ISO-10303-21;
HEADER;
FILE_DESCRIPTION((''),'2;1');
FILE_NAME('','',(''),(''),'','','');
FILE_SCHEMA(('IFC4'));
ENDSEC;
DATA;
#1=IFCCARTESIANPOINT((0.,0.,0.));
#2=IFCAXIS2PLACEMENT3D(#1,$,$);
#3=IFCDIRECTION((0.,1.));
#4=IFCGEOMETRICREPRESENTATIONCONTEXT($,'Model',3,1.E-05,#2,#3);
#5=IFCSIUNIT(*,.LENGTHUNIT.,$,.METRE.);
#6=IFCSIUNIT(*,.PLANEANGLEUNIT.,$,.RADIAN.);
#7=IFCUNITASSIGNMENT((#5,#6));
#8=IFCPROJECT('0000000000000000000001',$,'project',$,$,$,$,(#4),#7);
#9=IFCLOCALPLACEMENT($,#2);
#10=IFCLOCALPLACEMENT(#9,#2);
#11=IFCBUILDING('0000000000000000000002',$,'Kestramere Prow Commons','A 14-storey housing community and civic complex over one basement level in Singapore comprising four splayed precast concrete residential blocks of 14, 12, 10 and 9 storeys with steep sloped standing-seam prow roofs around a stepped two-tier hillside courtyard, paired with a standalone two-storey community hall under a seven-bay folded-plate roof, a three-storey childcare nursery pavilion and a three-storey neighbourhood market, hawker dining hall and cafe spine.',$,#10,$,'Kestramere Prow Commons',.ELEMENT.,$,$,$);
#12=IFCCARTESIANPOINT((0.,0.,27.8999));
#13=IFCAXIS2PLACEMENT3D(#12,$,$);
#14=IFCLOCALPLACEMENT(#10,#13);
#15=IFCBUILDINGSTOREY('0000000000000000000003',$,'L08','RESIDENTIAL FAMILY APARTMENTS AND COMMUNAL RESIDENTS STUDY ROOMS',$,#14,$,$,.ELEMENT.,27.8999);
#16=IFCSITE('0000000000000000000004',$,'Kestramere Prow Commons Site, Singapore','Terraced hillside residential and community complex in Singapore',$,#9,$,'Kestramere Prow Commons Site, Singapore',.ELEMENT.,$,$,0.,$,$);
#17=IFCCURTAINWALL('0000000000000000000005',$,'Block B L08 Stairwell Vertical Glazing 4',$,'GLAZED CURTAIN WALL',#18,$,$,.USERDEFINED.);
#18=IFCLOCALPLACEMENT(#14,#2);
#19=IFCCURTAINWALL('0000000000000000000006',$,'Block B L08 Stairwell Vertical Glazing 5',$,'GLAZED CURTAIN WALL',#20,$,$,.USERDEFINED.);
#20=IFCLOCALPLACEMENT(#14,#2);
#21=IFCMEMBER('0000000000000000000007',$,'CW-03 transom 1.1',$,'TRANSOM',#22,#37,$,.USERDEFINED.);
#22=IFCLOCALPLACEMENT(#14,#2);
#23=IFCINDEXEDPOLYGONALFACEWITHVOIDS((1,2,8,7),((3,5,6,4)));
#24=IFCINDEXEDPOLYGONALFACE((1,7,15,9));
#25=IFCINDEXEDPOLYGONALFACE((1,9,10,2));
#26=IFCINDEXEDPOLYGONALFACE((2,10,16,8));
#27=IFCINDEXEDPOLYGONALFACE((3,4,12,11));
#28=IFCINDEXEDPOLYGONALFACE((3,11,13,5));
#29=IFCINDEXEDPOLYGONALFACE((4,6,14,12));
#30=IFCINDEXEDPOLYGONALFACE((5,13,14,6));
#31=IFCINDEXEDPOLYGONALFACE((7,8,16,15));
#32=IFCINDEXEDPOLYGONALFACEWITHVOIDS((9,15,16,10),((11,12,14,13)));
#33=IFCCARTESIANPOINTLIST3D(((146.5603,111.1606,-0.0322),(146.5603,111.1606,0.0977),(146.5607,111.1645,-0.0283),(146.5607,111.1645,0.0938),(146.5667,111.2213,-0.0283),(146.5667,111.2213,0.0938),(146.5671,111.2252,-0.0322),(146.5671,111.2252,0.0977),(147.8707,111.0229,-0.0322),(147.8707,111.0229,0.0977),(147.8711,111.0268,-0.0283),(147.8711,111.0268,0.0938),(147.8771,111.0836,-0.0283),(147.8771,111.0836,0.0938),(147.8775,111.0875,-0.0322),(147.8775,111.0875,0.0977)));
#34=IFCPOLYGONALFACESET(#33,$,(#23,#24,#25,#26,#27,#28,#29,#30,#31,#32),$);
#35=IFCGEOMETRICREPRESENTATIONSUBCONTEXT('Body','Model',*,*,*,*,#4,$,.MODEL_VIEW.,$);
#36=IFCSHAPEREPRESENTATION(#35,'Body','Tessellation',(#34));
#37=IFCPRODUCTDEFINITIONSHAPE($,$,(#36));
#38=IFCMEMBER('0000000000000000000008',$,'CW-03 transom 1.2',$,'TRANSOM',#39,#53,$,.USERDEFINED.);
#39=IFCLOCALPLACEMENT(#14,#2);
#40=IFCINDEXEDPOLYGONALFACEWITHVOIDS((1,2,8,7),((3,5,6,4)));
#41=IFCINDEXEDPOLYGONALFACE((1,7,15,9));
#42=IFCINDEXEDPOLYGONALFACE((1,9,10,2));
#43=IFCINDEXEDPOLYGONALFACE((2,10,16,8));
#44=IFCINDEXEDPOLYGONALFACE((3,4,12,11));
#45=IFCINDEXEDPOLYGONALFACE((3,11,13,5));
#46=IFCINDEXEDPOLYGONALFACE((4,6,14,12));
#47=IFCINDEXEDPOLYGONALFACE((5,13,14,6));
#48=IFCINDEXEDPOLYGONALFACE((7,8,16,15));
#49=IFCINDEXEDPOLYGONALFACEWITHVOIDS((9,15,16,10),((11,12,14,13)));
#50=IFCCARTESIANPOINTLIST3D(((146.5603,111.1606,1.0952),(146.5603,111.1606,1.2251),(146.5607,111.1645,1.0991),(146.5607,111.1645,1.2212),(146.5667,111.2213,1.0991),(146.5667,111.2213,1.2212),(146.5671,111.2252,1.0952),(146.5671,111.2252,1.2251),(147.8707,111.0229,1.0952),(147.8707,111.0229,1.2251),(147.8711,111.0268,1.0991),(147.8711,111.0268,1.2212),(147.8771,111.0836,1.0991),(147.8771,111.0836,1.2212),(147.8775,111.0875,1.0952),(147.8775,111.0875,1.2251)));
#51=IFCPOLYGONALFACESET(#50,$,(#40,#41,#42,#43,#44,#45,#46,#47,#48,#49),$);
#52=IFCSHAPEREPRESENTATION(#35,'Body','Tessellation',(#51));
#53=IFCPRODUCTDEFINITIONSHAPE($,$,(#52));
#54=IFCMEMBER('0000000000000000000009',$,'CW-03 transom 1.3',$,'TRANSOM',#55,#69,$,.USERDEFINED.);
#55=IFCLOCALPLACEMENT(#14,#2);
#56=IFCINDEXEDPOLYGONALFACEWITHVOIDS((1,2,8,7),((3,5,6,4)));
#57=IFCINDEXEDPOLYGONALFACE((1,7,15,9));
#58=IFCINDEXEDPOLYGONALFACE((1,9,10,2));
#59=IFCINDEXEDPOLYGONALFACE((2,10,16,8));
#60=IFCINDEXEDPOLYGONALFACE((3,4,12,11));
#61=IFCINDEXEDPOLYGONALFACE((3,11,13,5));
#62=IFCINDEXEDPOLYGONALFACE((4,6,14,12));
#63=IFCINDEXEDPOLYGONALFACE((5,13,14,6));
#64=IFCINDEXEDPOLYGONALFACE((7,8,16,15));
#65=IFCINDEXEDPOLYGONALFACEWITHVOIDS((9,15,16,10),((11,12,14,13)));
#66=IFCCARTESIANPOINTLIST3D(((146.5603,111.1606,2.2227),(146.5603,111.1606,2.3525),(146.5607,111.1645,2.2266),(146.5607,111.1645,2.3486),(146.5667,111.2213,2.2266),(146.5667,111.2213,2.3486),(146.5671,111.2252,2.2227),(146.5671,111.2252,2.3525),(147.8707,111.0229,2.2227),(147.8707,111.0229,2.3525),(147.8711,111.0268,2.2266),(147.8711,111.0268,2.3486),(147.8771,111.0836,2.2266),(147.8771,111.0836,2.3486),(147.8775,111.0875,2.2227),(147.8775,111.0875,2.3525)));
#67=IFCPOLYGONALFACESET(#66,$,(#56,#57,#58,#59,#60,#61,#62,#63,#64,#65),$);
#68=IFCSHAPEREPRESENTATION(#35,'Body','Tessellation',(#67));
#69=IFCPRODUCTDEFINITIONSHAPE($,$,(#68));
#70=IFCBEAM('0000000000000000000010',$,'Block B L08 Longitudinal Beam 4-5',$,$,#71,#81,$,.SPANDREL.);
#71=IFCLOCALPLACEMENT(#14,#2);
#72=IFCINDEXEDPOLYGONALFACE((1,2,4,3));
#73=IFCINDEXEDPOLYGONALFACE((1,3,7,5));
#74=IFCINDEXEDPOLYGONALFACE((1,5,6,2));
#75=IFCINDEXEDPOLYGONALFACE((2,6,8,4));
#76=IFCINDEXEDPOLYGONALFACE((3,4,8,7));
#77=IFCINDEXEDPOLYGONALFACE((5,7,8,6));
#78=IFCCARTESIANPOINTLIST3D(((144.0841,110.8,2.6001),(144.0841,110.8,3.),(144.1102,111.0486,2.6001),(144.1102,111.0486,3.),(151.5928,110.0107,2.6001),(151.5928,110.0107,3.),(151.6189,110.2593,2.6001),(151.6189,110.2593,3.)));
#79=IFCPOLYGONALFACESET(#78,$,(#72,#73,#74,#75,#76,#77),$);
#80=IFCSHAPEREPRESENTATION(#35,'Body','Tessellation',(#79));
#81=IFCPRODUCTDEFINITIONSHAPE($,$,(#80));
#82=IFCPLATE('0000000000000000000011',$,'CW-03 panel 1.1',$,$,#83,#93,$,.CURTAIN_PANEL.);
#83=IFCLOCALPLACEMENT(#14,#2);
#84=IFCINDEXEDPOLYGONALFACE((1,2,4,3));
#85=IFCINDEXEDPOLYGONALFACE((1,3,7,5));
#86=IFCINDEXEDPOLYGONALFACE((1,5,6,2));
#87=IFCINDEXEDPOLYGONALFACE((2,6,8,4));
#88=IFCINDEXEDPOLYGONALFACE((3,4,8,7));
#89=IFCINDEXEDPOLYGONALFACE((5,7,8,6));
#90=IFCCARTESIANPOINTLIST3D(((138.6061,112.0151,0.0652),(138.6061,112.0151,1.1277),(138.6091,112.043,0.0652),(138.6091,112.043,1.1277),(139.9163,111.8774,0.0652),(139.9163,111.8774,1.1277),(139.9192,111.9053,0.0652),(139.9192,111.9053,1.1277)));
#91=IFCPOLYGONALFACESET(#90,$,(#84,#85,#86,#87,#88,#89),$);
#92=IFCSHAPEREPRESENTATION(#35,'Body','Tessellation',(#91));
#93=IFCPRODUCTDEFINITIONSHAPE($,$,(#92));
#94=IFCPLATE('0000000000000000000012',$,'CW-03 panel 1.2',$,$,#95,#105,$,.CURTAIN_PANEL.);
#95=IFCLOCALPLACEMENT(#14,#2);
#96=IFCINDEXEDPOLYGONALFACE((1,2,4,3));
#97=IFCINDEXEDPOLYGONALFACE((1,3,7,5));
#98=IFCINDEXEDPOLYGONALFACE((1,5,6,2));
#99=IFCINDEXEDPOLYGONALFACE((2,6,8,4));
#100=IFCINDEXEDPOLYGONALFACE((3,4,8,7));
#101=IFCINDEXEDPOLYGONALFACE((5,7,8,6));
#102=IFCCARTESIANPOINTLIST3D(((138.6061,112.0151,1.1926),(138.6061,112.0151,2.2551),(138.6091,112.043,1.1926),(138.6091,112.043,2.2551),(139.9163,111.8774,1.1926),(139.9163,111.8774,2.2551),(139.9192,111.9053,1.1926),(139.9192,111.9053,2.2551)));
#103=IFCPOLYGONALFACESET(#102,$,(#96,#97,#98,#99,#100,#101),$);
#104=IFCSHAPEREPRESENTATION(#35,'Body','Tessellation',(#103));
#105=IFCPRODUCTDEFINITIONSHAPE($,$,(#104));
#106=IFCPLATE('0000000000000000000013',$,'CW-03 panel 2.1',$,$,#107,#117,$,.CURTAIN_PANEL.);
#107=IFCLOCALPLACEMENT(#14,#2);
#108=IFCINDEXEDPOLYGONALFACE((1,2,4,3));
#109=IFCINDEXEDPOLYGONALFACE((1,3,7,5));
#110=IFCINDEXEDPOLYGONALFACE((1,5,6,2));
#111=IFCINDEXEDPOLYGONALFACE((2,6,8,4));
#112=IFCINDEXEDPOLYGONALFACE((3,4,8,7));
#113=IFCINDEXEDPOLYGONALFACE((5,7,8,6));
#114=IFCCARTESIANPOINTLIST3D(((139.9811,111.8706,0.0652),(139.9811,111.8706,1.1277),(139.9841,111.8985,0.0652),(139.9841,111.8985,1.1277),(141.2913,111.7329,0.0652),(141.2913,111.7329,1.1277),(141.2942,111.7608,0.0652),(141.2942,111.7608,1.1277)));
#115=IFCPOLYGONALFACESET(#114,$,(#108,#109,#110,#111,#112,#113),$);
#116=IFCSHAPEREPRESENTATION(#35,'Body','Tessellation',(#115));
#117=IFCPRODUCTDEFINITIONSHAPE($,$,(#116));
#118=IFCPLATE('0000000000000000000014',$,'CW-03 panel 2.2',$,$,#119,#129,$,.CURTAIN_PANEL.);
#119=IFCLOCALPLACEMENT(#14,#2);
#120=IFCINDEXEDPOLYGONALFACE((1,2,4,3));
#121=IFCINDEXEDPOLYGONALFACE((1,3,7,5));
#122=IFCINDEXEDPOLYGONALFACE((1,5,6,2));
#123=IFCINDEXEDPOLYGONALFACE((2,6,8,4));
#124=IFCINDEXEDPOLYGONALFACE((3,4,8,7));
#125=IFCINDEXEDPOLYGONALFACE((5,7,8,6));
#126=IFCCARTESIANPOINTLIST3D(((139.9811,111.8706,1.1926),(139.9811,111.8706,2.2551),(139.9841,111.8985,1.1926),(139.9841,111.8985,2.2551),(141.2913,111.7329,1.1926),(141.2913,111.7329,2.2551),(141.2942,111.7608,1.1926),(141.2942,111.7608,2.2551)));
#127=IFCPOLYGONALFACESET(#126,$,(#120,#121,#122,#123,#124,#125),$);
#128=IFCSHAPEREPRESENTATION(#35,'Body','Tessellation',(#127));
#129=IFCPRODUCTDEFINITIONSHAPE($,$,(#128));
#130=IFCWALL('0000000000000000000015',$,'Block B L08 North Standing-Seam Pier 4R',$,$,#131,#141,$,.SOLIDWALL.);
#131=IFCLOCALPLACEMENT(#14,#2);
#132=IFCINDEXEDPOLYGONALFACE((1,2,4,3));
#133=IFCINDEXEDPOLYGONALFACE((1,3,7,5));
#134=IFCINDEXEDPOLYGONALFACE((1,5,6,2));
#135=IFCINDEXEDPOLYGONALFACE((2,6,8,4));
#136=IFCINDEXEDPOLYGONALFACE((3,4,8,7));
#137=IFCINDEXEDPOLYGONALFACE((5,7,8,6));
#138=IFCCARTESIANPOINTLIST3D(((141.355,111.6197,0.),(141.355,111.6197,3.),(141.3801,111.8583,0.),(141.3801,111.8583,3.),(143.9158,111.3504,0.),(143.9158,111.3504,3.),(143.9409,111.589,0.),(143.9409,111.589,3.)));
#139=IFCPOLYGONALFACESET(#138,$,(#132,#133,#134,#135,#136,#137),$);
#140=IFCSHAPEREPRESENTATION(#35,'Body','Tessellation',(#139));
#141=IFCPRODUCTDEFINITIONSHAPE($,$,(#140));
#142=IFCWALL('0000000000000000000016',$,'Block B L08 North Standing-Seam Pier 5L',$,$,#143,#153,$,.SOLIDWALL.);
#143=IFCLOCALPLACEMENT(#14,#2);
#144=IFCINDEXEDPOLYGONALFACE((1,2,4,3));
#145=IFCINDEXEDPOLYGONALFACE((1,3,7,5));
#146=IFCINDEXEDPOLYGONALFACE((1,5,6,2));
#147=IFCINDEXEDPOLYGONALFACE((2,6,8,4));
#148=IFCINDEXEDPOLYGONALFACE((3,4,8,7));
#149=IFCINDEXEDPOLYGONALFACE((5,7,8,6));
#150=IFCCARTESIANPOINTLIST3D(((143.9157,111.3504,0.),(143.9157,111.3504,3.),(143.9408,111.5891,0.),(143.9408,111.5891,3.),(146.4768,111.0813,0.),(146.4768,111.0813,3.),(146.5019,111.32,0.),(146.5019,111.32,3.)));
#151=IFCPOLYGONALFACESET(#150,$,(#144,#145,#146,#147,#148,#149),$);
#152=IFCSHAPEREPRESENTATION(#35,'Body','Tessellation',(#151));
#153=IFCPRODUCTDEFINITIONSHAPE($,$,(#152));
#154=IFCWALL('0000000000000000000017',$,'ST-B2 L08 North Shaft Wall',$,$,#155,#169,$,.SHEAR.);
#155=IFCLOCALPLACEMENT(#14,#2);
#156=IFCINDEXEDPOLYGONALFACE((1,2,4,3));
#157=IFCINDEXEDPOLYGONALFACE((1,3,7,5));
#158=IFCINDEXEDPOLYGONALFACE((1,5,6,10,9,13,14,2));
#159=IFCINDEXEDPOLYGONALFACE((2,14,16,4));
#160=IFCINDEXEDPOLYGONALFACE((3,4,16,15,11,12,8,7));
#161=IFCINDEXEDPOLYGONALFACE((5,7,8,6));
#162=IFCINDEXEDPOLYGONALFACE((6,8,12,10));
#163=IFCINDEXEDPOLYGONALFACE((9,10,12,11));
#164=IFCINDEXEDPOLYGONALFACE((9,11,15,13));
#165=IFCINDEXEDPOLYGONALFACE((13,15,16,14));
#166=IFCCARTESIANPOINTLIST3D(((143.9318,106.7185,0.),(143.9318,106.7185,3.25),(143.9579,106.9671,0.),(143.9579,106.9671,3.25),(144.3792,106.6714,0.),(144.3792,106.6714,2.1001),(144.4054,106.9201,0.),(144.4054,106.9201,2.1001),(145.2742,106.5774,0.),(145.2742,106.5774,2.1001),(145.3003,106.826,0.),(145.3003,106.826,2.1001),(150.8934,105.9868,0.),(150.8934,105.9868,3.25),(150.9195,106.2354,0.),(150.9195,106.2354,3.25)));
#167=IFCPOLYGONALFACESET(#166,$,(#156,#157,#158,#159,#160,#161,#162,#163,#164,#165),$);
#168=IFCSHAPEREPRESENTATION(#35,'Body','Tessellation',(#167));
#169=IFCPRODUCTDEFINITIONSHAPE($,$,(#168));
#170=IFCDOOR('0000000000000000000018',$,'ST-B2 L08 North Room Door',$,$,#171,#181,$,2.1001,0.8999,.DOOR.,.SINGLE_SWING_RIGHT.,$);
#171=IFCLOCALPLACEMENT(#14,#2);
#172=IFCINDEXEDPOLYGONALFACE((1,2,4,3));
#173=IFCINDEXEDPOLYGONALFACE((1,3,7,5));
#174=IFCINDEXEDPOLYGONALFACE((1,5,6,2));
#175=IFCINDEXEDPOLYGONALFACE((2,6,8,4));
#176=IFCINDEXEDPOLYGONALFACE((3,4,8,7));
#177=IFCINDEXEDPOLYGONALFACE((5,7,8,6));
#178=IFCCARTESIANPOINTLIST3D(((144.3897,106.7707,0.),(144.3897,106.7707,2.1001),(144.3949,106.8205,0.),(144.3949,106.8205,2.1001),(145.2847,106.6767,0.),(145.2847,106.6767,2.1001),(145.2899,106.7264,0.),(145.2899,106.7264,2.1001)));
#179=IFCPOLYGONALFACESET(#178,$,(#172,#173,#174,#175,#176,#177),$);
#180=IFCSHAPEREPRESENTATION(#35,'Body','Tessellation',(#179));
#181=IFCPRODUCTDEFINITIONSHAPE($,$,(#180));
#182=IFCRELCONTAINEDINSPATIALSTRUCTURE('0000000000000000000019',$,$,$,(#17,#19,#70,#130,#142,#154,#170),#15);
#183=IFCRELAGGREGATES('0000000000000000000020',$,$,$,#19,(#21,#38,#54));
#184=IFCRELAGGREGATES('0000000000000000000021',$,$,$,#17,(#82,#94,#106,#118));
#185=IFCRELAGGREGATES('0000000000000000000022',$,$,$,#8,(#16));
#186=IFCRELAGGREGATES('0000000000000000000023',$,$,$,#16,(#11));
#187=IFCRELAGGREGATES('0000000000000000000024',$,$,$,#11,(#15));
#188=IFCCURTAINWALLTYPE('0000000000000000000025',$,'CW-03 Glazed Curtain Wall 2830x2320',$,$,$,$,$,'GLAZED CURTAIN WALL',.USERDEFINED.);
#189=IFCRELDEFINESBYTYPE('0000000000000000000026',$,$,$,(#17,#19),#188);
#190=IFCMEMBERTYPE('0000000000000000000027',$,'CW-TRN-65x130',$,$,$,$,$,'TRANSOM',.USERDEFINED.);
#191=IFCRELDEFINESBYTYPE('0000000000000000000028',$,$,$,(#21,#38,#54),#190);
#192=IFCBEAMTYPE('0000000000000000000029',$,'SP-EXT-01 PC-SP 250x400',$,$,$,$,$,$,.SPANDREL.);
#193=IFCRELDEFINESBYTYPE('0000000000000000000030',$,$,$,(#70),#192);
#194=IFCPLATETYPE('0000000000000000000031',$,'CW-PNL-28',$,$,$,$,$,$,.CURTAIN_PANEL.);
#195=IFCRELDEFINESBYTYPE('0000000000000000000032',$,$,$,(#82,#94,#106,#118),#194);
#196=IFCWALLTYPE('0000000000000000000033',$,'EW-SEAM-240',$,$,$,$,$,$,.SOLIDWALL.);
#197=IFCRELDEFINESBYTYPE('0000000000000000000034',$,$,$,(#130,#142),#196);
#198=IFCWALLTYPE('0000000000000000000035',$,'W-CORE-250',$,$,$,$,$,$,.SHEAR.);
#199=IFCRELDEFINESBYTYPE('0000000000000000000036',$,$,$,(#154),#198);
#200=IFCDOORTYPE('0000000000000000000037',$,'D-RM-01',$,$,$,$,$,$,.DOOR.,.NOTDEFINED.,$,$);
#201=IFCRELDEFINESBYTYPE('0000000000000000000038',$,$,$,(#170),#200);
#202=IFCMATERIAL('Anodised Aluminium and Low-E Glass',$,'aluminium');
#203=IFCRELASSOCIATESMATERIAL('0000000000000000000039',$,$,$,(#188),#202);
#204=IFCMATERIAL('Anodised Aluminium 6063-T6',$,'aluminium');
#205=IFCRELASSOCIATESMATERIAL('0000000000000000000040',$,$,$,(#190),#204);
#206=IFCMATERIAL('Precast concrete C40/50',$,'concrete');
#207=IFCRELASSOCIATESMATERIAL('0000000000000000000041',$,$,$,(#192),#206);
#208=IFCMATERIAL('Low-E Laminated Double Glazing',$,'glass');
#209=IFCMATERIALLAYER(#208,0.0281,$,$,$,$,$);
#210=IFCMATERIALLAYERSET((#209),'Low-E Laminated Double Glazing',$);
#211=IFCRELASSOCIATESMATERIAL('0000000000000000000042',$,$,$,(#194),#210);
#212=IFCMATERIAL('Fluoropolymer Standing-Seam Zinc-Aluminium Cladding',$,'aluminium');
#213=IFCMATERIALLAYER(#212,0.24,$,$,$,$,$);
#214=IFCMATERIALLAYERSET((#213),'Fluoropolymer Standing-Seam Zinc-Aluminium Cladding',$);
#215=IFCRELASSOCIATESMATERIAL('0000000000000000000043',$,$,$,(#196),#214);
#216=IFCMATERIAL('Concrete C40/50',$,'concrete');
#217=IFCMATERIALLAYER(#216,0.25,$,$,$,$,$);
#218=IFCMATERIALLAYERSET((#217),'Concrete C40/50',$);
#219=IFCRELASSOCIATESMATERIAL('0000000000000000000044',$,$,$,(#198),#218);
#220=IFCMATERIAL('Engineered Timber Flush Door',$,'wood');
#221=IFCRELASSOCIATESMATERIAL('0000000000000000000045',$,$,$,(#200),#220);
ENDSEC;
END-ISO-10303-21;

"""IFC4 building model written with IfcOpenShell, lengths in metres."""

from ifc_helpers import new_model, si_unit, direction, frame, frame_2d, origin, origin_2d, place, context, subcontext, project, spatial, rectangle, hollow_rectangle, extrude, material, layer, layer_set, material_profile, profile_set, type_object, element, fill, aggregate, save


model = new_model("IFC4")

# Units and contexts
model_context = context("Model", 3, precision=1e-05, world=origin(), true_north=direction((0.0, 1.0)))
body_context = subcontext(model_context, "Body", "Model", "MODEL_VIEW")
ifc_project = project(units=[si_unit("LENGTHUNIT", "METRE"), si_unit("PLANEANGLEUNIT", "RADIAN")], contexts=[model_context])

# Site, building, storey
site_placement = place(None, origin())
site = spatial("IfcSite", under=ifc_project, at=site_placement, Name="Kestramere Prow Commons Site, Singapore", Description="Terraced hillside residential and community complex in Singapore", LongName="Kestramere Prow Commons Site, Singapore", CompositionType="ELEMENT", RefElevation=0.0)
building_placement = place(site_placement, origin())
building = spatial("IfcBuilding", under=site, at=building_placement, Name="Kestramere Prow Commons", Description="A 14-storey housing community and civic complex over one basement level in Singapore comprising four splayed precast concrete residential blocks of 14, 12, 10 and 9 storeys with steep sloped standing-seam prow roofs around a stepped two-tier hillside courtyard, paired with a standalone two-storey community hall under a seven-bay folded-plate roof, a three-storey childcare nursery pavilion and a three-storey neighbourhood market, hawker dining hall and cafe spine.", LongName="Kestramere Prow Commons", CompositionType="ELEMENT")
storey_placement = place(building_placement, frame((0.0, 0.0, 27.8999)))
storey = spatial("IfcBuildingStorey", under=building, at=storey_placement, Name="L08", Description="RESIDENTIAL FAMILY APARTMENTS AND COMMUNAL RESIDENTS STUDY ROOMS", CompositionType="ELEMENT", Elevation=27.8999)

# Shared definitions
ifc_material_1 = material(Name="Precast concrete C40/50", Category="concrete")

# Curtain wall
ifc_material_2 = material(Name="Anodised Aluminium and Low-E Glass", Category="aluminium")
curtain_wall_type = type_object("IfcCurtainWallType", Name="CW-03 Glazed Curtain Wall 2830x2320", ElementType="GLAZED CURTAIN WALL", PredefinedType="USERDEFINED", material=ifc_material_2)
curtain_wall_1_placement = place(storey_placement, origin())
curtain_wall_1 = element("IfcCurtainWall", 1, at=curtain_wall_1_placement, inside=storey, type_object=curtain_wall_type, Name="Block B L08 Stairwell Vertical Glazing 4", ObjectType="GLAZED CURTAIN WALL", PredefinedType="USERDEFINED")
ifc_material_3 = material(Name="Anodised Aluminium 6063-T6", Category="aluminium")

# Curtain wall
curtain_wall_2_placement = place(storey_placement, origin())
curtain_wall_2 = element("IfcCurtainWall", 2, at=curtain_wall_2_placement, inside=storey, type_object=curtain_wall_type, Name="Block B L08 Stairwell Vertical Glazing 5", ObjectType="GLAZED CURTAIN WALL", PredefinedType="USERDEFINED")

# Members
ifc_material_profile_1 = material_profile(ifc_material_3, hollow_rectangle(XDim=0.0649, YDim=0.1299, WallThickness=0.0039, at=origin_2d()), Name="ALU-TRN 65x130")
ifc_profile_set_1 = profile_set([ifc_material_profile_1], Name="Anodised Aluminium 6063-T6")
member_type_1 = type_object("IfcMemberType", Name="CW-TRN-65x130", ElementType="TRANSOM", PredefinedType="USERDEFINED", material=ifc_profile_set_1)
member_1_placement = place(storey_placement, frame((146.5637, 111.1929, 0.0327), z_axis=(0.994524, -0.104511, 0.0), x_axis=(0.104511, 0.994524, 0.0)))
member_1 = element("IfcMember", 3, at=member_1_placement, type_object=member_type_1, Name="CW-03 transom 1.1", ObjectType="TRANSOM", PredefinedType="USERDEFINED", context=body_context, shape_type="SweptSolid", body=[
    extrude(hollow_rectangle(XDim=0.0649, YDim=0.1299, WallThickness=0.0039, at=origin_2d()), origin(), (0.0, 0.0, 1.0), 1.3176),
])
member_2_placement = place(storey_placement, frame((146.5637, 111.1929, 1.1602), z_axis=(0.994524, -0.104511, 0.0), x_axis=(0.104511, 0.994524, 0.0)))
member_2 = element("IfcMember", 4, at=member_2_placement, type_object=member_type_1, Name="CW-03 transom 1.2", ObjectType="TRANSOM", PredefinedType="USERDEFINED", context=body_context, shape_type="SweptSolid", body=[
    extrude(hollow_rectangle(XDim=0.0649, YDim=0.1299, WallThickness=0.0039, at=origin_2d()), origin(), (0.0, 0.0, 1.0), 1.3176),
])
member_3_placement = place(storey_placement, frame((146.5637, 111.1929, 2.2876), z_axis=(0.994524, -0.104511, 0.0), x_axis=(0.104511, 0.994524, 0.0)))
member_3 = element("IfcMember", 5, at=member_3_placement, type_object=member_type_1, Name="CW-03 transom 1.3", ObjectType="TRANSOM", PredefinedType="USERDEFINED", context=body_context, shape_type="SweptSolid", body=[
    extrude(hollow_rectangle(XDim=0.0649, YDim=0.1299, WallThickness=0.0039, at=origin_2d()), origin(), (0.0, 0.0, 1.0), 1.3176),
])
aggregate(curtain_wall_2, [member_1, member_2, member_3])

# Beam
ifc_material_profile_2 = material_profile(ifc_material_1, rectangle(XDim=0.25, YDim=0.3999, at=origin_2d()), Name="PC-SP 250x400")
ifc_profile_set_2 = profile_set([ifc_material_profile_2], Name="Precast concrete C40/50")
beam_type = type_object("IfcBeamType", Name="SP-EXT-01 PC-SP 250x400", PredefinedType="SPANDREL", material=ifc_profile_set_2)
beam_placement = place(storey_placement, frame((144.0972, 110.9243, 2.8), z_axis=(0.994521, -0.104542, 0.0), x_axis=(0.104542, 0.994521, 0.0)))
element("IfcBeam", 6, at=beam_placement, inside=storey, type_object=beam_type, Name="Block B L08 Longitudinal Beam 4-5", PredefinedType="SPANDREL", context=body_context, shape_type="SweptSolid", body=[
    extrude(rectangle(XDim=0.25, YDim=0.3999, at=origin_2d()), origin(), (0.0, 0.0, 1.0), 7.55),
])

# Plates
ifc_material_4 = material(Name="Low-E Laminated Double Glazing", Category="glass")
ifc_layer_1 = layer(ifc_material_4, 0.0281)
ifc_layer_set_1 = layer_set([ifc_layer_1], Name="Low-E Laminated Double Glazing")
plate_type = type_object("IfcPlateType", Name="CW-PNL-28", PredefinedType="CURTAIN_PANEL", material=ifc_layer_set_1)
plate_1_placement = place(storey_placement, frame((139.2627, 111.9602, 0.0652), z_axis=(0.0, 0.0, 1.0), x_axis=(0.994522, -0.104529, 0.0)))
plate_1 = element("IfcPlate", 7, at=plate_1_placement, type_object=plate_type, Name="CW-03 panel 1.1", PredefinedType="CURTAIN_PANEL", context=body_context, shape_type="SweptSolid", body=[
    extrude(rectangle(XDim=1.3174, YDim=0.0281, at=origin_2d()), origin(), (0.0, 0.0, 1.0), 1.0625),
])
plate_2_placement = place(storey_placement, frame((139.2627, 111.9602, 1.1926), z_axis=(0.0, 0.0, 1.0), x_axis=(0.994522, -0.104529, 0.0)))
plate_2 = element("IfcPlate", 8, at=plate_2_placement, type_object=plate_type, Name="CW-03 panel 1.2", PredefinedType="CURTAIN_PANEL", context=body_context, shape_type="SweptSolid", body=[
    extrude(rectangle(XDim=1.3174, YDim=0.0281, at=origin_2d()), origin(), (0.0, 0.0, 1.0), 1.0625),
])
plate_3_placement = place(storey_placement, frame((140.6377, 111.8157, 0.0652), z_axis=(0.0, 0.0, 1.0), x_axis=(0.994522, -0.104529, 0.0)))
plate_3 = element("IfcPlate", 9, at=plate_3_placement, type_object=plate_type, Name="CW-03 panel 2.1", PredefinedType="CURTAIN_PANEL", context=body_context, shape_type="SweptSolid", body=[
    extrude(rectangle(XDim=1.3174, YDim=0.0281, at=origin_2d()), origin(), (0.0, 0.0, 1.0), 1.0625),
])
plate_4_placement = place(storey_placement, frame((140.6377, 111.8157, 1.1926), z_axis=(0.0, 0.0, 1.0), x_axis=(0.994522, -0.104529, 0.0)))
plate_4 = element("IfcPlate", 10, at=plate_4_placement, type_object=plate_type, Name="CW-03 panel 2.2", PredefinedType="CURTAIN_PANEL", context=body_context, shape_type="SweptSolid", body=[
    extrude(rectangle(XDim=1.3174, YDim=0.0281, at=origin_2d()), origin(), (0.0, 0.0, 1.0), 1.0625),
])
aggregate(curtain_wall_1, [plate_1, plate_2, plate_3, plate_4])

# Walls
ifc_material_5 = material(Name="Fluoropolymer Standing-Seam Zinc-Aluminium Cladding", Category="aluminium")
ifc_layer_2 = layer(ifc_material_5, 0.24)
ifc_layer_set_2 = layer_set([ifc_layer_2], Name="Fluoropolymer Standing-Seam Zinc-Aluminium Cladding")
wall_type_1 = type_object("IfcWallType", Name="EW-SEAM-240", PredefinedType="SOLIDWALL", material=ifc_layer_set_2)
wall_1_placement = place(storey_placement, frame((141.3674, 111.739, 0.0), z_axis=(0.0, 0.0, 1.0), x_axis=(0.994516, -0.104581, 0.0)))
element("IfcWall", 11, at=wall_1_placement, inside=storey, type_object=wall_type_1, Name="Block B L08 North Standing-Seam Pier 4R", PredefinedType="SOLIDWALL", context=body_context, shape_type="SweptSolid", body=[
    extrude(rectangle(XDim=2.575, YDim=0.24, at=frame_2d((1.2876, 0.0))), origin(), (0.0, 0.0, 1.0), 3.0),
])
wall_2_placement = place(storey_placement, frame((143.9282, 111.4697, 0.0), z_axis=(0.0, 0.0, 1.0), x_axis=(0.994527, -0.104478, 0.0)))
element("IfcWall", 12, at=wall_2_placement, inside=storey, type_object=wall_type_1, Name="Block B L08 North Standing-Seam Pier 5L", PredefinedType="SOLIDWALL", context=body_context, shape_type="SweptSolid", body=[
    extrude(rectangle(XDim=2.5752, YDim=0.24, at=frame_2d((1.2876, 0.0))), origin(), (0.0, 0.0, 1.0), 3.0),
])

# Wall, opening, door
ifc_material_6 = material(Name="Concrete C40/50", Category="concrete")
ifc_layer_3 = layer(ifc_material_6, 0.25)
ifc_layer_set_3 = layer_set([ifc_layer_3], Name="Concrete C40/50")
wall_type_2 = type_object("IfcWallType", Name="W-CORE-250", PredefinedType="SHEAR", material=ifc_layer_set_3)
wall_3_placement = place(storey_placement, frame((143.9448, 106.8428, 0.0), z_axis=(0.0, 0.0, 1.0), x_axis=(0.994522, -0.104527, 0.0)))
wall_3 = element("IfcWall", 13, at=wall_3_placement, inside=storey, type_object=wall_type_2, Name="ST-B2 L08 North Shaft Wall", PredefinedType="SHEAR", context=body_context, shape_type="SweptSolid", body=[
    extrude(rectangle(XDim=7.0, YDim=0.25, at=frame_2d((3.5, 0.0))), origin(), (0.0, 0.0, 1.0), 3.25),
])
opening_placement = place(wall_3_placement, frame((0.45, 0.0, 0.0)))
opening = element("IfcOpeningElement", 14, at=opening_placement, cuts=wall_3, PredefinedType="OPENING", context=body_context, shape_type="SweptSolid", body=[
    extrude(rectangle(XDim=0.8999, YDim=2.1001, at=frame_2d((0.45, 1.05))), frame((0.0, 0.1399, 0.0), z_axis=(0.0, -1.0, 0.0), x_axis=(1.0, 0.0, 0.0)), (0.0, 0.0, 1.0), 0.28),
])
ifc_material_7 = material(Name="Engineered Timber Flush Door", Category="wood")
door_type = type_object("IfcDoorType", Name="D-RM-01", OperationType="NOTDEFINED", PredefinedType="DOOR", material=ifc_material_7)
door_placement = place(opening_placement, origin())
door = element("IfcDoor", 15, at=door_placement, inside=storey, type_object=door_type, Name="ST-B2 L08 North Room Door", OperationType="SINGLE_SWING_RIGHT", OverallHeight=2.1001, OverallWidth=0.8999, PredefinedType="DOOR", context=body_context, shape_type="SweptSolid", body=[
    extrude(rectangle(XDim=0.8999, YDim=2.1001, at=frame_2d((0.45, 1.05))), frame((0.0, 0.0249, 0.0), z_axis=(0.0, -1.0, 0.0), x_axis=(1.0, 0.0, 0.0)), (0.0, 0.0, 1.0), 0.05),
])
fill(opening, door)

save(model, "model.ifc")
